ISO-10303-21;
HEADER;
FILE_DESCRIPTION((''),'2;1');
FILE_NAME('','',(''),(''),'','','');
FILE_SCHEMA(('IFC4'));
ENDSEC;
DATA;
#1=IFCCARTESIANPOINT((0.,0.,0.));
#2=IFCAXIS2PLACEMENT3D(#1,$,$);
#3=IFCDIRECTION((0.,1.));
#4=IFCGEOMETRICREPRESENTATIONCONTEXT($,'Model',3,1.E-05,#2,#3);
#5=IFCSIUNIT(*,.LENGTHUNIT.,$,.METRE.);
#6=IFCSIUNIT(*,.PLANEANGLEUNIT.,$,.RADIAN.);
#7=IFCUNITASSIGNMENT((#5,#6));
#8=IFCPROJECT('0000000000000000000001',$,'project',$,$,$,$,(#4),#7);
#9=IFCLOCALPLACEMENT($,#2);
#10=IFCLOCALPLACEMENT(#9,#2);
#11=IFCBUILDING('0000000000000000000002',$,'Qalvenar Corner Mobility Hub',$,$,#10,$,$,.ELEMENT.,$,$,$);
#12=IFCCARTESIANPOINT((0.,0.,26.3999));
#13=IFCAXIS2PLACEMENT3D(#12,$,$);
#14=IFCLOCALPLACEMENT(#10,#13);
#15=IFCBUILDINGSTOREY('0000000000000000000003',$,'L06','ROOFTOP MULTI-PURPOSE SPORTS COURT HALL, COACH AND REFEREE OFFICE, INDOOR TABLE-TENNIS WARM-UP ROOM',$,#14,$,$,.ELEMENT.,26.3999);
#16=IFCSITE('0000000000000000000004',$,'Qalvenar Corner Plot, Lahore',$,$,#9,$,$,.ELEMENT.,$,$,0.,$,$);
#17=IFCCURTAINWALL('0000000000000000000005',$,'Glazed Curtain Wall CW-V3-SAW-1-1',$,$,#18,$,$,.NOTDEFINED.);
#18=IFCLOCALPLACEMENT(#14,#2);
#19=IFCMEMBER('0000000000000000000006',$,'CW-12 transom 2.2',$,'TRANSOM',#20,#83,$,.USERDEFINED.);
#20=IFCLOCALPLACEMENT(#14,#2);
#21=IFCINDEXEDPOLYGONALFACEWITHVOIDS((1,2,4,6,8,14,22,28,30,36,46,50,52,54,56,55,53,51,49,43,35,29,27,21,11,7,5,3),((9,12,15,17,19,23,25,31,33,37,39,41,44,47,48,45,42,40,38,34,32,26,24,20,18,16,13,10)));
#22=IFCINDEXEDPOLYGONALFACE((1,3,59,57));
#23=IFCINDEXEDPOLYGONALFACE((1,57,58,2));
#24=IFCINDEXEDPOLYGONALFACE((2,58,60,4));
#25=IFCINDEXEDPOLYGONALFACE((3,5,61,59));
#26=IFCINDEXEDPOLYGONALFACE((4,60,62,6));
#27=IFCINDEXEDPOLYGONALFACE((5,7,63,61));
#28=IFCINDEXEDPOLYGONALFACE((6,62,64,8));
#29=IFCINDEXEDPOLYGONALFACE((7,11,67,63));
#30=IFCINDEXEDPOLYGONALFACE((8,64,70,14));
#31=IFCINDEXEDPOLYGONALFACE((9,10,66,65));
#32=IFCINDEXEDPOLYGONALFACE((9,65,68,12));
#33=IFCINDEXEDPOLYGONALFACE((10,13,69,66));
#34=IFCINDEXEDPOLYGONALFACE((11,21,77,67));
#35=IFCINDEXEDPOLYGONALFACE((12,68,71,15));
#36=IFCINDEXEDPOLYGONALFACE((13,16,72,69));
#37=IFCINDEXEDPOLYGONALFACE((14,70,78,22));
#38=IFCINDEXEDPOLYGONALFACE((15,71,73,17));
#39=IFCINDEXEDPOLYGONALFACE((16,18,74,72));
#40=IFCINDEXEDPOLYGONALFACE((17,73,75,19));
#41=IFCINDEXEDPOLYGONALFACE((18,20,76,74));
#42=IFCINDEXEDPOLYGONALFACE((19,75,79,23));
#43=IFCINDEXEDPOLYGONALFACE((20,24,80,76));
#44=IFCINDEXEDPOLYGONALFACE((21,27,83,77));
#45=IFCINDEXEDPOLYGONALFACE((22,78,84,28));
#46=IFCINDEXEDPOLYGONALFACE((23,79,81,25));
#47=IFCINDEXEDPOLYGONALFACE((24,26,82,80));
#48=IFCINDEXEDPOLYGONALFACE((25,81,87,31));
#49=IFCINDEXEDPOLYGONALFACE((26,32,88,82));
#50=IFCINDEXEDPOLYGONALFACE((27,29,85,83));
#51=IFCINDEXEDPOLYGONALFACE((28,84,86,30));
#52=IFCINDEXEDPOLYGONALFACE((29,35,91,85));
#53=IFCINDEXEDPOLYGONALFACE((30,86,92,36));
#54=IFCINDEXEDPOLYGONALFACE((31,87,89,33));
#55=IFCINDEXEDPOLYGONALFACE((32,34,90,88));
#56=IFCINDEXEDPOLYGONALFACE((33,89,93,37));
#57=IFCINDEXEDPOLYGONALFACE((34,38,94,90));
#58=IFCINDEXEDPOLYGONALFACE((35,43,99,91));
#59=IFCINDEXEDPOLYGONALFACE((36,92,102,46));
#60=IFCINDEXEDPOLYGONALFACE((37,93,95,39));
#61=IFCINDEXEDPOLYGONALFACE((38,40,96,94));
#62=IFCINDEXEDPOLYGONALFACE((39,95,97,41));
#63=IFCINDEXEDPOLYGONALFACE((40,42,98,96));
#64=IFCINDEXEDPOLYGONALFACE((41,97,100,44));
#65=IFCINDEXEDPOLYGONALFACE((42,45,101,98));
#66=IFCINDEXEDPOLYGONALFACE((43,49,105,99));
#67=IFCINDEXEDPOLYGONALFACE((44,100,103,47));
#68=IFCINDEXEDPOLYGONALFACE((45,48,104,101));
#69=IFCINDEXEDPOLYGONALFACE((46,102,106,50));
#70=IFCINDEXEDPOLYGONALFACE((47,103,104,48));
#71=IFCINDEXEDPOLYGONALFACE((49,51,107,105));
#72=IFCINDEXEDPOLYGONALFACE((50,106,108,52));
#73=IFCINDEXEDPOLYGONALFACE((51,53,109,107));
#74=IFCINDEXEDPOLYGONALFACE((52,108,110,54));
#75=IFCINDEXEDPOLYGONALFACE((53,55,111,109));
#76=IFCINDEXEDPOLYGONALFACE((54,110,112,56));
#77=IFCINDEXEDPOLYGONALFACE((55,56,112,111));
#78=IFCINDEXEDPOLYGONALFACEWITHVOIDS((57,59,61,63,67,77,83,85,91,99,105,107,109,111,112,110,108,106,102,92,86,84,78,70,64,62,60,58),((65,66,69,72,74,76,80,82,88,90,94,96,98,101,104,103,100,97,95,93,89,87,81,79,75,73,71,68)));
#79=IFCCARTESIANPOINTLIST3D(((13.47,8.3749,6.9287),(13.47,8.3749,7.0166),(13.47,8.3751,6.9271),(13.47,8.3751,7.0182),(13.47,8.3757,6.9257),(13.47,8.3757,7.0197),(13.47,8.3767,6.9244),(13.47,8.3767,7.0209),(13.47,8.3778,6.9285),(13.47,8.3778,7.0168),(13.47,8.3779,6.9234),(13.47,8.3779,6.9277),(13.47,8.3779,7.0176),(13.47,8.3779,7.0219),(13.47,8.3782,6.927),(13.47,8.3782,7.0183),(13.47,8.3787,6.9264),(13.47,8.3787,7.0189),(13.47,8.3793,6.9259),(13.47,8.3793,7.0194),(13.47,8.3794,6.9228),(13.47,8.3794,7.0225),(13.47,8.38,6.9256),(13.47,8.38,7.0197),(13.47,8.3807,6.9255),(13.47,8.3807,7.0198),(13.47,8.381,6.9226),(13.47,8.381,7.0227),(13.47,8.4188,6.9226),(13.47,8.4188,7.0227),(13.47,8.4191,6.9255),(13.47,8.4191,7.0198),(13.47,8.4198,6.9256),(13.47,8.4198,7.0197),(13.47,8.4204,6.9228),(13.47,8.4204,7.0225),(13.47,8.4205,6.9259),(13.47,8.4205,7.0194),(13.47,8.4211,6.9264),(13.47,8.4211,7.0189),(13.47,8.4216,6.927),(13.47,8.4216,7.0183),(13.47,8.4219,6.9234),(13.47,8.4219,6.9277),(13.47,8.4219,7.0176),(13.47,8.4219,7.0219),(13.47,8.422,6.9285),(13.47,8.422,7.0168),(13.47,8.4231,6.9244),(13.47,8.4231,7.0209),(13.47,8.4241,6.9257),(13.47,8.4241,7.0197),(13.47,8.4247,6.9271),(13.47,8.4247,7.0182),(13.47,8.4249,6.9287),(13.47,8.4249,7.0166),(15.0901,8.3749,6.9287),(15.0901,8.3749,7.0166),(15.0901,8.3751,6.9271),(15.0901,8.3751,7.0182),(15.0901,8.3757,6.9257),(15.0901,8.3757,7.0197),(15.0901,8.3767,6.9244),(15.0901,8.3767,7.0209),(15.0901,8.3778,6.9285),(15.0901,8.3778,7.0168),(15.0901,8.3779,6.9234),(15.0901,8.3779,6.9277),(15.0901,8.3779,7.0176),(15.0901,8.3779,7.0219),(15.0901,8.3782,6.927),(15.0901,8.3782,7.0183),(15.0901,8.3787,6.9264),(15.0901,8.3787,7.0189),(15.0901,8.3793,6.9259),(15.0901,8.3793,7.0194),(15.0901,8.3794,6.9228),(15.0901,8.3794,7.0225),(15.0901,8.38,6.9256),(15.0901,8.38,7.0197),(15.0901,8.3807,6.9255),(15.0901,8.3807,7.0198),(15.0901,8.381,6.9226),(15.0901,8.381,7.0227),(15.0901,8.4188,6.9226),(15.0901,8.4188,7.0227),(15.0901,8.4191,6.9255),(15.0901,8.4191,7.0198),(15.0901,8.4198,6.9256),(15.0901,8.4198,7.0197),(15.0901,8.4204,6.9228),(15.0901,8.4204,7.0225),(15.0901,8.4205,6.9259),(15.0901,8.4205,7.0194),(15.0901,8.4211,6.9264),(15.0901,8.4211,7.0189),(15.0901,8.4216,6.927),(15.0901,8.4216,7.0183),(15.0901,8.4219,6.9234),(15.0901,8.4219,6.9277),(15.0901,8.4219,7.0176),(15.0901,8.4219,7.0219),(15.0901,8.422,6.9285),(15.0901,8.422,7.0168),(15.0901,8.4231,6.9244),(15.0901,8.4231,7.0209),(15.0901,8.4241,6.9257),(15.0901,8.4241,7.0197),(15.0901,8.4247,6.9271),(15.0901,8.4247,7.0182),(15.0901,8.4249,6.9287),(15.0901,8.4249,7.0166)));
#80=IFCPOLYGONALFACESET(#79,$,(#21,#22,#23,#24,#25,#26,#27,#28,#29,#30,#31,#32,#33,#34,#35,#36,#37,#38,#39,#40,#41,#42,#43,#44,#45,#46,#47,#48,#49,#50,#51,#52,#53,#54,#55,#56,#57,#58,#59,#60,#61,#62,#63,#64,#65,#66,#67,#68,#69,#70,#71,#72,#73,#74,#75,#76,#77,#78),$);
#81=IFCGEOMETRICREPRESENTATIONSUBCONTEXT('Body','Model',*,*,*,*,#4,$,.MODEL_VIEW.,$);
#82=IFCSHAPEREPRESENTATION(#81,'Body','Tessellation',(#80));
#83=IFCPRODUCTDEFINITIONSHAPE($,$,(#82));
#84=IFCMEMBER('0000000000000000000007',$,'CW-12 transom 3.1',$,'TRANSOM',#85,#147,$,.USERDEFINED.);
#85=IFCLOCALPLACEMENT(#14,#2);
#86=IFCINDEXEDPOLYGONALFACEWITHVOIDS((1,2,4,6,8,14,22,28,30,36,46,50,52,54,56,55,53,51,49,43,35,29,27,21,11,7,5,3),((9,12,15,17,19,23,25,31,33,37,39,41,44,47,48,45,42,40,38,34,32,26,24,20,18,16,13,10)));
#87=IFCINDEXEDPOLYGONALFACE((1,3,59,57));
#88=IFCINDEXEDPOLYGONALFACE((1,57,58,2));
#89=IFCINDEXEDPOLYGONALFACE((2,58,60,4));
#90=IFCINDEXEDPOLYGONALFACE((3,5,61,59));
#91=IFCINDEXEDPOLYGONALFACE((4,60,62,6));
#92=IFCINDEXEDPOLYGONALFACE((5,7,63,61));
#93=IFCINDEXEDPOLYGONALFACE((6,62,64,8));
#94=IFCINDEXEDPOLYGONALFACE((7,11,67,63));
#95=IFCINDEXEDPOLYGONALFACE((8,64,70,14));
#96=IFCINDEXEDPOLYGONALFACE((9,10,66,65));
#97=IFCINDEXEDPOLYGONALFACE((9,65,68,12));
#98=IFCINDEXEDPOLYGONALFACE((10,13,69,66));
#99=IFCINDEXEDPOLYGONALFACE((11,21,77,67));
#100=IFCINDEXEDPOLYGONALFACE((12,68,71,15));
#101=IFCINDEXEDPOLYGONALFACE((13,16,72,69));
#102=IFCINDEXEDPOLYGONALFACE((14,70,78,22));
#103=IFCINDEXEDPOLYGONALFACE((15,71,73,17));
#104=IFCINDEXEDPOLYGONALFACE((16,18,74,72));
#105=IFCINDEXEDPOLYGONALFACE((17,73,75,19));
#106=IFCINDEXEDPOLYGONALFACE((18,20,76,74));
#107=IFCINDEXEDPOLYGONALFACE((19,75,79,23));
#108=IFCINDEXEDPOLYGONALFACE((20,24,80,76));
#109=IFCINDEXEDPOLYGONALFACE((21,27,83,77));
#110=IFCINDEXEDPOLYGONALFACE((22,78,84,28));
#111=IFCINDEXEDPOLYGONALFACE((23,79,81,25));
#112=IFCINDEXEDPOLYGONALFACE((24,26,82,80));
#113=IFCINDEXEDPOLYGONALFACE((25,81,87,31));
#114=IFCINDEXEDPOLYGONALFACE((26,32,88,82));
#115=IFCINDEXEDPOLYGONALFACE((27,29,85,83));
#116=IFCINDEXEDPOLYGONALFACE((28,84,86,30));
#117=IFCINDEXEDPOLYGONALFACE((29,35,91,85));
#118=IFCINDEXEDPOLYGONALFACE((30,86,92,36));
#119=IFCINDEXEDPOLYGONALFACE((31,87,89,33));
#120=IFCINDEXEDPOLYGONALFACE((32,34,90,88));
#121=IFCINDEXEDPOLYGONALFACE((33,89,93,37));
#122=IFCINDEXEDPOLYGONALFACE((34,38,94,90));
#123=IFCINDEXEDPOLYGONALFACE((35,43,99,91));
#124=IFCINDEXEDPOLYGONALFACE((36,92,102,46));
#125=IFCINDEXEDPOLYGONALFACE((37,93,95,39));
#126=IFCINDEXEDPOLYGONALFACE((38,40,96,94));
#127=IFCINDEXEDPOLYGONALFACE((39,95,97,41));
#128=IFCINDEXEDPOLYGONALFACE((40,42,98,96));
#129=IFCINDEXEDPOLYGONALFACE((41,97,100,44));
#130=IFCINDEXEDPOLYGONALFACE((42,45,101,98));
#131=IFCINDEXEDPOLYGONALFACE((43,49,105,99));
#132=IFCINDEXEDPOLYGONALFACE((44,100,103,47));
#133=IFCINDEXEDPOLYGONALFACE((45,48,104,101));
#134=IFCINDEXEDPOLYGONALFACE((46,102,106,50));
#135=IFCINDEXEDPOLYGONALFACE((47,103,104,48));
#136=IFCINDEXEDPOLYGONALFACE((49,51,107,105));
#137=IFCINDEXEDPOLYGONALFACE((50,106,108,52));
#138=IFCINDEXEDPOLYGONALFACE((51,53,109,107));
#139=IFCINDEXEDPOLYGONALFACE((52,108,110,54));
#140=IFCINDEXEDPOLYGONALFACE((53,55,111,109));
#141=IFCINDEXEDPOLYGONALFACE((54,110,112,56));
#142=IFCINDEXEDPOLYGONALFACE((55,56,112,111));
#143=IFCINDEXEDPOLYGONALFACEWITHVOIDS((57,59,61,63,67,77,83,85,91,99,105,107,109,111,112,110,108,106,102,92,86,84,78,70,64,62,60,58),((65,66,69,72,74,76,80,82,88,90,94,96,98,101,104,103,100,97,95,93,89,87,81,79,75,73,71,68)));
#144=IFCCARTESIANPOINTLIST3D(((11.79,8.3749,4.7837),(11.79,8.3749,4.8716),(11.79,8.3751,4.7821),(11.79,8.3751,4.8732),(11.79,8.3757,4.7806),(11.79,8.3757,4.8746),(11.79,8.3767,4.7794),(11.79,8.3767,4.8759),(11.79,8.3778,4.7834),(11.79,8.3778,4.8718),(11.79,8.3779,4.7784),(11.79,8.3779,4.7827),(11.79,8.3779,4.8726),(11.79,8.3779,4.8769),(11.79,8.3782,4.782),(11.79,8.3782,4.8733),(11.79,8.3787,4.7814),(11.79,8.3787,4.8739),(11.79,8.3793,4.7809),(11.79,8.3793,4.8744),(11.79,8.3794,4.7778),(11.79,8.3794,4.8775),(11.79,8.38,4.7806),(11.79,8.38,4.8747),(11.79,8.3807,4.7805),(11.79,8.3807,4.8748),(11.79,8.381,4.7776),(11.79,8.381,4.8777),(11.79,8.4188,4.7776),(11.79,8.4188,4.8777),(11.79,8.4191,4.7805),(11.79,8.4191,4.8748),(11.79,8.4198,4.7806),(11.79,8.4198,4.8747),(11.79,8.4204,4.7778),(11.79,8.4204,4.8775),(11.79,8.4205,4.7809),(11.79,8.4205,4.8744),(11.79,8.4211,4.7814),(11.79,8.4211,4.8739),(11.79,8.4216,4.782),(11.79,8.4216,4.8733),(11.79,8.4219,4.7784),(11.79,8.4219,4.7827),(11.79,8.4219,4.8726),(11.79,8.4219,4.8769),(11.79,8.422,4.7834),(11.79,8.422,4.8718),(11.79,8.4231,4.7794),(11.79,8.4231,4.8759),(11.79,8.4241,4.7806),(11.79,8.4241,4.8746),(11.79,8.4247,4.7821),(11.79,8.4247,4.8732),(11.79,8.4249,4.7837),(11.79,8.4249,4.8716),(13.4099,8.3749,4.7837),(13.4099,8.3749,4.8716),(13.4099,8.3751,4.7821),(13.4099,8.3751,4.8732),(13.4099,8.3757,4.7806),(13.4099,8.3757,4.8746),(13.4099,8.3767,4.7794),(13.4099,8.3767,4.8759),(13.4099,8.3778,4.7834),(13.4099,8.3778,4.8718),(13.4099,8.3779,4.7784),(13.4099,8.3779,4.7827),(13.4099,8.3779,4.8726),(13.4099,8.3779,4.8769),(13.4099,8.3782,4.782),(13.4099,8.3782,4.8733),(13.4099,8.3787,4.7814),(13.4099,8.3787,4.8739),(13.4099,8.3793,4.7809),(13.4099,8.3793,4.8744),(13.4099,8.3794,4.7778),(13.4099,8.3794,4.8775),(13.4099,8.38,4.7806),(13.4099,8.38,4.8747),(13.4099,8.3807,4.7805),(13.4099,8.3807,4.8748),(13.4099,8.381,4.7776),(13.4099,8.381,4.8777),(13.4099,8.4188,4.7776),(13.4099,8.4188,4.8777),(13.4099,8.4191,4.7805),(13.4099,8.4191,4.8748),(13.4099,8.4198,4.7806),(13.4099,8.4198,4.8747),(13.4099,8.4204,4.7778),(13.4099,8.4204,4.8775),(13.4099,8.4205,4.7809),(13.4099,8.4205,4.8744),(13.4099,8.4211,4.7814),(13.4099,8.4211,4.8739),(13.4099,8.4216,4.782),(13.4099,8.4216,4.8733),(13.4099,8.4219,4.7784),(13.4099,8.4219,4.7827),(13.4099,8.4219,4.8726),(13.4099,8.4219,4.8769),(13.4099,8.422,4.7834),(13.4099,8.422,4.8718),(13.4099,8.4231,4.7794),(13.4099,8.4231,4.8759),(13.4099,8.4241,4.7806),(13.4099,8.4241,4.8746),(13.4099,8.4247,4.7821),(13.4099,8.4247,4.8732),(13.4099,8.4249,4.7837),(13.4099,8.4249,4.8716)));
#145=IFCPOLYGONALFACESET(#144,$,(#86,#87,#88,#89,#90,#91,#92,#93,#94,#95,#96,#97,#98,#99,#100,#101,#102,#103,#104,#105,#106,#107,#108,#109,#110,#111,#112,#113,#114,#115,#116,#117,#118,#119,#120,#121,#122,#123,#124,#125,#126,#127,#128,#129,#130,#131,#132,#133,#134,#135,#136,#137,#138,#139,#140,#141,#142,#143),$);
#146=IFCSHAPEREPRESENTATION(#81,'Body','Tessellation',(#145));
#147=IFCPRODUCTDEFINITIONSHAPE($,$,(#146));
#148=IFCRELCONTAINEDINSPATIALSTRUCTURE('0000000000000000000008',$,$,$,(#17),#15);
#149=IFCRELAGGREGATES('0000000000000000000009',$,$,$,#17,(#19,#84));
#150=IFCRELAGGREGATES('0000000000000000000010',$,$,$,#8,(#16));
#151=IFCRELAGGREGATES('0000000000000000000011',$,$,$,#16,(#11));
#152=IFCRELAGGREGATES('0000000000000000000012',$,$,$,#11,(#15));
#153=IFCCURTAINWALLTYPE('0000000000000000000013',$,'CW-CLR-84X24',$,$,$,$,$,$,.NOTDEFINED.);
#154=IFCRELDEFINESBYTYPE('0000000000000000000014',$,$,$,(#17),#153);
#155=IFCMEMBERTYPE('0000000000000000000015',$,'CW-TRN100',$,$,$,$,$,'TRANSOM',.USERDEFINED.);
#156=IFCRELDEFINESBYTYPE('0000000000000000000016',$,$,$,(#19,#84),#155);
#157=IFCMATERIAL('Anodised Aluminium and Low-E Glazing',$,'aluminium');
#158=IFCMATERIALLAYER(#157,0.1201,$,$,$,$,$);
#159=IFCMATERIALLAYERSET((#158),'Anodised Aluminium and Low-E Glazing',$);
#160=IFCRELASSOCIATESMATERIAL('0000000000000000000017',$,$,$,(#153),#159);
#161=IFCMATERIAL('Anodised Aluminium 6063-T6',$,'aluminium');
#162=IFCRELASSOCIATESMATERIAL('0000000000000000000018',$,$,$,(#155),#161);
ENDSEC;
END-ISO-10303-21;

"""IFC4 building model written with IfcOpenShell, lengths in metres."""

from ifc_helpers import new_model, si_unit, direction, frame, origin, origin_2d, place, context, subcontext, project, spatial, hollow_rectangle, extrude, material, layer, layer_set, material_profile, profile_set, type_object, element, aggregate, save


model = new_model("IFC4")

# Units and contexts
model_context = context("Model", 3, precision=1e-05, world=origin(), true_north=direction((0.0, 1.0)))
body_context = subcontext(model_context, "Body", "Model", "MODEL_VIEW")
ifc_project = project(units=[si_unit("LENGTHUNIT", "METRE"), si_unit("PLANEANGLEUNIT", "RADIAN")], contexts=[model_context])

# Site, building, storey
site_placement = place(None, origin())
site = spatial("IfcSite", under=ifc_project, at=site_placement, Name="Qalvenar Corner Plot, Lahore", CompositionType="ELEMENT", RefElevation=0.0)
building_placement = place(site_placement, origin())
building = spatial("IfcBuilding", under=site, at=building_placement, Name="Qalvenar Corner Mobility Hub", CompositionType="ELEMENT")
storey_placement = place(building_placement, frame((0.0, 0.0, 26.3999)))
storey = spatial("IfcBuildingStorey", under=building, at=storey_placement, Name="L06", Description="ROOFTOP MULTI-PURPOSE SPORTS COURT HALL, COACH AND REFEREE OFFICE, INDOOR TABLE-TENNIS WARM-UP ROOM", CompositionType="ELEMENT", Elevation=26.3999)

# Curtain wall, members
ifc_material_1 = material(Name="Anodised Aluminium and Low-E Glazing", Category="aluminium")
ifc_layer_1 = layer(ifc_material_1, 0.1201)
ifc_layer_set_1 = layer_set([ifc_layer_1], Name="Anodised Aluminium and Low-E Glazing")
curtain_wall_type = type_object("IfcCurtainWallType", Name="CW-CLR-84X24", PredefinedType="NOTDEFINED", material=ifc_layer_set_1)
curtain_wall_placement = place(storey_placement, origin())
curtain_wall = element("IfcCurtainWall", 1, at=curtain_wall_placement, inside=storey, type_object=curtain_wall_type, Name="Glazed Curtain Wall CW-V3-SAW-1-1", PredefinedType="NOTDEFINED")
ifc_material_2 = material(Name="Anodised Aluminium 6063-T6", Category="aluminium")
ifc_material_profile_1 = material_profile(ifc_material_2, hollow_rectangle(XDim=0.05, YDim=0.1001, WallThickness=0.0029, InnerFilletRadius=0.0029, OuterFilletRadius=0.0061, at=origin_2d()), Name="RHS100x50x3")
ifc_profile_set_1 = profile_set([ifc_material_profile_1], Name="Anodised Aluminium 6063-T6")
member_type_1 = type_object("IfcMemberType", Name="CW-TRN100", ElementType="TRANSOM", PredefinedType="USERDEFINED", material=ifc_profile_set_1)
member_1_placement = place(storey_placement, frame((15.0901, 8.3999, 6.9727), z_axis=(-1.0, 0.0, 0.0), x_axis=(0.0, -1.0, 0.0)))
member_1 = element("IfcMember", 2, at=member_1_placement, type_object=member_type_1, Name="CW-12 transom 2.2", ObjectType="TRANSOM", PredefinedType="USERDEFINED", context=body_context, shape_type="SweptSolid", body=[
    extrude(hollow_rectangle(XDim=0.05, YDim=0.1001, WallThickness=0.0029, InnerFilletRadius=0.0029, OuterFilletRadius=0.0061, at=origin_2d()), origin(), (0.0, 0.0, 1.0), 1.6201),
])
member_2_placement = place(storey_placement, frame((13.4099, 8.3999, 4.8276), z_axis=(-1.0, 0.0, 0.0), x_axis=(0.0, -1.0, 0.0)))
member_2 = element("IfcMember", 3, at=member_2_placement, type_object=member_type_1, Name="CW-12 transom 3.1", ObjectType="TRANSOM", PredefinedType="USERDEFINED", context=body_context, shape_type="SweptSolid", body=[
    extrude(hollow_rectangle(XDim=0.05, YDim=0.1001, WallThickness=0.0029, InnerFilletRadius=0.0029, OuterFilletRadius=0.0061, at=origin_2d()), origin(), (0.0, 0.0, 1.0), 1.6199),
])

aggregate(curtain_wall, [member_1, member_2])

save(model, "model.ifc")
